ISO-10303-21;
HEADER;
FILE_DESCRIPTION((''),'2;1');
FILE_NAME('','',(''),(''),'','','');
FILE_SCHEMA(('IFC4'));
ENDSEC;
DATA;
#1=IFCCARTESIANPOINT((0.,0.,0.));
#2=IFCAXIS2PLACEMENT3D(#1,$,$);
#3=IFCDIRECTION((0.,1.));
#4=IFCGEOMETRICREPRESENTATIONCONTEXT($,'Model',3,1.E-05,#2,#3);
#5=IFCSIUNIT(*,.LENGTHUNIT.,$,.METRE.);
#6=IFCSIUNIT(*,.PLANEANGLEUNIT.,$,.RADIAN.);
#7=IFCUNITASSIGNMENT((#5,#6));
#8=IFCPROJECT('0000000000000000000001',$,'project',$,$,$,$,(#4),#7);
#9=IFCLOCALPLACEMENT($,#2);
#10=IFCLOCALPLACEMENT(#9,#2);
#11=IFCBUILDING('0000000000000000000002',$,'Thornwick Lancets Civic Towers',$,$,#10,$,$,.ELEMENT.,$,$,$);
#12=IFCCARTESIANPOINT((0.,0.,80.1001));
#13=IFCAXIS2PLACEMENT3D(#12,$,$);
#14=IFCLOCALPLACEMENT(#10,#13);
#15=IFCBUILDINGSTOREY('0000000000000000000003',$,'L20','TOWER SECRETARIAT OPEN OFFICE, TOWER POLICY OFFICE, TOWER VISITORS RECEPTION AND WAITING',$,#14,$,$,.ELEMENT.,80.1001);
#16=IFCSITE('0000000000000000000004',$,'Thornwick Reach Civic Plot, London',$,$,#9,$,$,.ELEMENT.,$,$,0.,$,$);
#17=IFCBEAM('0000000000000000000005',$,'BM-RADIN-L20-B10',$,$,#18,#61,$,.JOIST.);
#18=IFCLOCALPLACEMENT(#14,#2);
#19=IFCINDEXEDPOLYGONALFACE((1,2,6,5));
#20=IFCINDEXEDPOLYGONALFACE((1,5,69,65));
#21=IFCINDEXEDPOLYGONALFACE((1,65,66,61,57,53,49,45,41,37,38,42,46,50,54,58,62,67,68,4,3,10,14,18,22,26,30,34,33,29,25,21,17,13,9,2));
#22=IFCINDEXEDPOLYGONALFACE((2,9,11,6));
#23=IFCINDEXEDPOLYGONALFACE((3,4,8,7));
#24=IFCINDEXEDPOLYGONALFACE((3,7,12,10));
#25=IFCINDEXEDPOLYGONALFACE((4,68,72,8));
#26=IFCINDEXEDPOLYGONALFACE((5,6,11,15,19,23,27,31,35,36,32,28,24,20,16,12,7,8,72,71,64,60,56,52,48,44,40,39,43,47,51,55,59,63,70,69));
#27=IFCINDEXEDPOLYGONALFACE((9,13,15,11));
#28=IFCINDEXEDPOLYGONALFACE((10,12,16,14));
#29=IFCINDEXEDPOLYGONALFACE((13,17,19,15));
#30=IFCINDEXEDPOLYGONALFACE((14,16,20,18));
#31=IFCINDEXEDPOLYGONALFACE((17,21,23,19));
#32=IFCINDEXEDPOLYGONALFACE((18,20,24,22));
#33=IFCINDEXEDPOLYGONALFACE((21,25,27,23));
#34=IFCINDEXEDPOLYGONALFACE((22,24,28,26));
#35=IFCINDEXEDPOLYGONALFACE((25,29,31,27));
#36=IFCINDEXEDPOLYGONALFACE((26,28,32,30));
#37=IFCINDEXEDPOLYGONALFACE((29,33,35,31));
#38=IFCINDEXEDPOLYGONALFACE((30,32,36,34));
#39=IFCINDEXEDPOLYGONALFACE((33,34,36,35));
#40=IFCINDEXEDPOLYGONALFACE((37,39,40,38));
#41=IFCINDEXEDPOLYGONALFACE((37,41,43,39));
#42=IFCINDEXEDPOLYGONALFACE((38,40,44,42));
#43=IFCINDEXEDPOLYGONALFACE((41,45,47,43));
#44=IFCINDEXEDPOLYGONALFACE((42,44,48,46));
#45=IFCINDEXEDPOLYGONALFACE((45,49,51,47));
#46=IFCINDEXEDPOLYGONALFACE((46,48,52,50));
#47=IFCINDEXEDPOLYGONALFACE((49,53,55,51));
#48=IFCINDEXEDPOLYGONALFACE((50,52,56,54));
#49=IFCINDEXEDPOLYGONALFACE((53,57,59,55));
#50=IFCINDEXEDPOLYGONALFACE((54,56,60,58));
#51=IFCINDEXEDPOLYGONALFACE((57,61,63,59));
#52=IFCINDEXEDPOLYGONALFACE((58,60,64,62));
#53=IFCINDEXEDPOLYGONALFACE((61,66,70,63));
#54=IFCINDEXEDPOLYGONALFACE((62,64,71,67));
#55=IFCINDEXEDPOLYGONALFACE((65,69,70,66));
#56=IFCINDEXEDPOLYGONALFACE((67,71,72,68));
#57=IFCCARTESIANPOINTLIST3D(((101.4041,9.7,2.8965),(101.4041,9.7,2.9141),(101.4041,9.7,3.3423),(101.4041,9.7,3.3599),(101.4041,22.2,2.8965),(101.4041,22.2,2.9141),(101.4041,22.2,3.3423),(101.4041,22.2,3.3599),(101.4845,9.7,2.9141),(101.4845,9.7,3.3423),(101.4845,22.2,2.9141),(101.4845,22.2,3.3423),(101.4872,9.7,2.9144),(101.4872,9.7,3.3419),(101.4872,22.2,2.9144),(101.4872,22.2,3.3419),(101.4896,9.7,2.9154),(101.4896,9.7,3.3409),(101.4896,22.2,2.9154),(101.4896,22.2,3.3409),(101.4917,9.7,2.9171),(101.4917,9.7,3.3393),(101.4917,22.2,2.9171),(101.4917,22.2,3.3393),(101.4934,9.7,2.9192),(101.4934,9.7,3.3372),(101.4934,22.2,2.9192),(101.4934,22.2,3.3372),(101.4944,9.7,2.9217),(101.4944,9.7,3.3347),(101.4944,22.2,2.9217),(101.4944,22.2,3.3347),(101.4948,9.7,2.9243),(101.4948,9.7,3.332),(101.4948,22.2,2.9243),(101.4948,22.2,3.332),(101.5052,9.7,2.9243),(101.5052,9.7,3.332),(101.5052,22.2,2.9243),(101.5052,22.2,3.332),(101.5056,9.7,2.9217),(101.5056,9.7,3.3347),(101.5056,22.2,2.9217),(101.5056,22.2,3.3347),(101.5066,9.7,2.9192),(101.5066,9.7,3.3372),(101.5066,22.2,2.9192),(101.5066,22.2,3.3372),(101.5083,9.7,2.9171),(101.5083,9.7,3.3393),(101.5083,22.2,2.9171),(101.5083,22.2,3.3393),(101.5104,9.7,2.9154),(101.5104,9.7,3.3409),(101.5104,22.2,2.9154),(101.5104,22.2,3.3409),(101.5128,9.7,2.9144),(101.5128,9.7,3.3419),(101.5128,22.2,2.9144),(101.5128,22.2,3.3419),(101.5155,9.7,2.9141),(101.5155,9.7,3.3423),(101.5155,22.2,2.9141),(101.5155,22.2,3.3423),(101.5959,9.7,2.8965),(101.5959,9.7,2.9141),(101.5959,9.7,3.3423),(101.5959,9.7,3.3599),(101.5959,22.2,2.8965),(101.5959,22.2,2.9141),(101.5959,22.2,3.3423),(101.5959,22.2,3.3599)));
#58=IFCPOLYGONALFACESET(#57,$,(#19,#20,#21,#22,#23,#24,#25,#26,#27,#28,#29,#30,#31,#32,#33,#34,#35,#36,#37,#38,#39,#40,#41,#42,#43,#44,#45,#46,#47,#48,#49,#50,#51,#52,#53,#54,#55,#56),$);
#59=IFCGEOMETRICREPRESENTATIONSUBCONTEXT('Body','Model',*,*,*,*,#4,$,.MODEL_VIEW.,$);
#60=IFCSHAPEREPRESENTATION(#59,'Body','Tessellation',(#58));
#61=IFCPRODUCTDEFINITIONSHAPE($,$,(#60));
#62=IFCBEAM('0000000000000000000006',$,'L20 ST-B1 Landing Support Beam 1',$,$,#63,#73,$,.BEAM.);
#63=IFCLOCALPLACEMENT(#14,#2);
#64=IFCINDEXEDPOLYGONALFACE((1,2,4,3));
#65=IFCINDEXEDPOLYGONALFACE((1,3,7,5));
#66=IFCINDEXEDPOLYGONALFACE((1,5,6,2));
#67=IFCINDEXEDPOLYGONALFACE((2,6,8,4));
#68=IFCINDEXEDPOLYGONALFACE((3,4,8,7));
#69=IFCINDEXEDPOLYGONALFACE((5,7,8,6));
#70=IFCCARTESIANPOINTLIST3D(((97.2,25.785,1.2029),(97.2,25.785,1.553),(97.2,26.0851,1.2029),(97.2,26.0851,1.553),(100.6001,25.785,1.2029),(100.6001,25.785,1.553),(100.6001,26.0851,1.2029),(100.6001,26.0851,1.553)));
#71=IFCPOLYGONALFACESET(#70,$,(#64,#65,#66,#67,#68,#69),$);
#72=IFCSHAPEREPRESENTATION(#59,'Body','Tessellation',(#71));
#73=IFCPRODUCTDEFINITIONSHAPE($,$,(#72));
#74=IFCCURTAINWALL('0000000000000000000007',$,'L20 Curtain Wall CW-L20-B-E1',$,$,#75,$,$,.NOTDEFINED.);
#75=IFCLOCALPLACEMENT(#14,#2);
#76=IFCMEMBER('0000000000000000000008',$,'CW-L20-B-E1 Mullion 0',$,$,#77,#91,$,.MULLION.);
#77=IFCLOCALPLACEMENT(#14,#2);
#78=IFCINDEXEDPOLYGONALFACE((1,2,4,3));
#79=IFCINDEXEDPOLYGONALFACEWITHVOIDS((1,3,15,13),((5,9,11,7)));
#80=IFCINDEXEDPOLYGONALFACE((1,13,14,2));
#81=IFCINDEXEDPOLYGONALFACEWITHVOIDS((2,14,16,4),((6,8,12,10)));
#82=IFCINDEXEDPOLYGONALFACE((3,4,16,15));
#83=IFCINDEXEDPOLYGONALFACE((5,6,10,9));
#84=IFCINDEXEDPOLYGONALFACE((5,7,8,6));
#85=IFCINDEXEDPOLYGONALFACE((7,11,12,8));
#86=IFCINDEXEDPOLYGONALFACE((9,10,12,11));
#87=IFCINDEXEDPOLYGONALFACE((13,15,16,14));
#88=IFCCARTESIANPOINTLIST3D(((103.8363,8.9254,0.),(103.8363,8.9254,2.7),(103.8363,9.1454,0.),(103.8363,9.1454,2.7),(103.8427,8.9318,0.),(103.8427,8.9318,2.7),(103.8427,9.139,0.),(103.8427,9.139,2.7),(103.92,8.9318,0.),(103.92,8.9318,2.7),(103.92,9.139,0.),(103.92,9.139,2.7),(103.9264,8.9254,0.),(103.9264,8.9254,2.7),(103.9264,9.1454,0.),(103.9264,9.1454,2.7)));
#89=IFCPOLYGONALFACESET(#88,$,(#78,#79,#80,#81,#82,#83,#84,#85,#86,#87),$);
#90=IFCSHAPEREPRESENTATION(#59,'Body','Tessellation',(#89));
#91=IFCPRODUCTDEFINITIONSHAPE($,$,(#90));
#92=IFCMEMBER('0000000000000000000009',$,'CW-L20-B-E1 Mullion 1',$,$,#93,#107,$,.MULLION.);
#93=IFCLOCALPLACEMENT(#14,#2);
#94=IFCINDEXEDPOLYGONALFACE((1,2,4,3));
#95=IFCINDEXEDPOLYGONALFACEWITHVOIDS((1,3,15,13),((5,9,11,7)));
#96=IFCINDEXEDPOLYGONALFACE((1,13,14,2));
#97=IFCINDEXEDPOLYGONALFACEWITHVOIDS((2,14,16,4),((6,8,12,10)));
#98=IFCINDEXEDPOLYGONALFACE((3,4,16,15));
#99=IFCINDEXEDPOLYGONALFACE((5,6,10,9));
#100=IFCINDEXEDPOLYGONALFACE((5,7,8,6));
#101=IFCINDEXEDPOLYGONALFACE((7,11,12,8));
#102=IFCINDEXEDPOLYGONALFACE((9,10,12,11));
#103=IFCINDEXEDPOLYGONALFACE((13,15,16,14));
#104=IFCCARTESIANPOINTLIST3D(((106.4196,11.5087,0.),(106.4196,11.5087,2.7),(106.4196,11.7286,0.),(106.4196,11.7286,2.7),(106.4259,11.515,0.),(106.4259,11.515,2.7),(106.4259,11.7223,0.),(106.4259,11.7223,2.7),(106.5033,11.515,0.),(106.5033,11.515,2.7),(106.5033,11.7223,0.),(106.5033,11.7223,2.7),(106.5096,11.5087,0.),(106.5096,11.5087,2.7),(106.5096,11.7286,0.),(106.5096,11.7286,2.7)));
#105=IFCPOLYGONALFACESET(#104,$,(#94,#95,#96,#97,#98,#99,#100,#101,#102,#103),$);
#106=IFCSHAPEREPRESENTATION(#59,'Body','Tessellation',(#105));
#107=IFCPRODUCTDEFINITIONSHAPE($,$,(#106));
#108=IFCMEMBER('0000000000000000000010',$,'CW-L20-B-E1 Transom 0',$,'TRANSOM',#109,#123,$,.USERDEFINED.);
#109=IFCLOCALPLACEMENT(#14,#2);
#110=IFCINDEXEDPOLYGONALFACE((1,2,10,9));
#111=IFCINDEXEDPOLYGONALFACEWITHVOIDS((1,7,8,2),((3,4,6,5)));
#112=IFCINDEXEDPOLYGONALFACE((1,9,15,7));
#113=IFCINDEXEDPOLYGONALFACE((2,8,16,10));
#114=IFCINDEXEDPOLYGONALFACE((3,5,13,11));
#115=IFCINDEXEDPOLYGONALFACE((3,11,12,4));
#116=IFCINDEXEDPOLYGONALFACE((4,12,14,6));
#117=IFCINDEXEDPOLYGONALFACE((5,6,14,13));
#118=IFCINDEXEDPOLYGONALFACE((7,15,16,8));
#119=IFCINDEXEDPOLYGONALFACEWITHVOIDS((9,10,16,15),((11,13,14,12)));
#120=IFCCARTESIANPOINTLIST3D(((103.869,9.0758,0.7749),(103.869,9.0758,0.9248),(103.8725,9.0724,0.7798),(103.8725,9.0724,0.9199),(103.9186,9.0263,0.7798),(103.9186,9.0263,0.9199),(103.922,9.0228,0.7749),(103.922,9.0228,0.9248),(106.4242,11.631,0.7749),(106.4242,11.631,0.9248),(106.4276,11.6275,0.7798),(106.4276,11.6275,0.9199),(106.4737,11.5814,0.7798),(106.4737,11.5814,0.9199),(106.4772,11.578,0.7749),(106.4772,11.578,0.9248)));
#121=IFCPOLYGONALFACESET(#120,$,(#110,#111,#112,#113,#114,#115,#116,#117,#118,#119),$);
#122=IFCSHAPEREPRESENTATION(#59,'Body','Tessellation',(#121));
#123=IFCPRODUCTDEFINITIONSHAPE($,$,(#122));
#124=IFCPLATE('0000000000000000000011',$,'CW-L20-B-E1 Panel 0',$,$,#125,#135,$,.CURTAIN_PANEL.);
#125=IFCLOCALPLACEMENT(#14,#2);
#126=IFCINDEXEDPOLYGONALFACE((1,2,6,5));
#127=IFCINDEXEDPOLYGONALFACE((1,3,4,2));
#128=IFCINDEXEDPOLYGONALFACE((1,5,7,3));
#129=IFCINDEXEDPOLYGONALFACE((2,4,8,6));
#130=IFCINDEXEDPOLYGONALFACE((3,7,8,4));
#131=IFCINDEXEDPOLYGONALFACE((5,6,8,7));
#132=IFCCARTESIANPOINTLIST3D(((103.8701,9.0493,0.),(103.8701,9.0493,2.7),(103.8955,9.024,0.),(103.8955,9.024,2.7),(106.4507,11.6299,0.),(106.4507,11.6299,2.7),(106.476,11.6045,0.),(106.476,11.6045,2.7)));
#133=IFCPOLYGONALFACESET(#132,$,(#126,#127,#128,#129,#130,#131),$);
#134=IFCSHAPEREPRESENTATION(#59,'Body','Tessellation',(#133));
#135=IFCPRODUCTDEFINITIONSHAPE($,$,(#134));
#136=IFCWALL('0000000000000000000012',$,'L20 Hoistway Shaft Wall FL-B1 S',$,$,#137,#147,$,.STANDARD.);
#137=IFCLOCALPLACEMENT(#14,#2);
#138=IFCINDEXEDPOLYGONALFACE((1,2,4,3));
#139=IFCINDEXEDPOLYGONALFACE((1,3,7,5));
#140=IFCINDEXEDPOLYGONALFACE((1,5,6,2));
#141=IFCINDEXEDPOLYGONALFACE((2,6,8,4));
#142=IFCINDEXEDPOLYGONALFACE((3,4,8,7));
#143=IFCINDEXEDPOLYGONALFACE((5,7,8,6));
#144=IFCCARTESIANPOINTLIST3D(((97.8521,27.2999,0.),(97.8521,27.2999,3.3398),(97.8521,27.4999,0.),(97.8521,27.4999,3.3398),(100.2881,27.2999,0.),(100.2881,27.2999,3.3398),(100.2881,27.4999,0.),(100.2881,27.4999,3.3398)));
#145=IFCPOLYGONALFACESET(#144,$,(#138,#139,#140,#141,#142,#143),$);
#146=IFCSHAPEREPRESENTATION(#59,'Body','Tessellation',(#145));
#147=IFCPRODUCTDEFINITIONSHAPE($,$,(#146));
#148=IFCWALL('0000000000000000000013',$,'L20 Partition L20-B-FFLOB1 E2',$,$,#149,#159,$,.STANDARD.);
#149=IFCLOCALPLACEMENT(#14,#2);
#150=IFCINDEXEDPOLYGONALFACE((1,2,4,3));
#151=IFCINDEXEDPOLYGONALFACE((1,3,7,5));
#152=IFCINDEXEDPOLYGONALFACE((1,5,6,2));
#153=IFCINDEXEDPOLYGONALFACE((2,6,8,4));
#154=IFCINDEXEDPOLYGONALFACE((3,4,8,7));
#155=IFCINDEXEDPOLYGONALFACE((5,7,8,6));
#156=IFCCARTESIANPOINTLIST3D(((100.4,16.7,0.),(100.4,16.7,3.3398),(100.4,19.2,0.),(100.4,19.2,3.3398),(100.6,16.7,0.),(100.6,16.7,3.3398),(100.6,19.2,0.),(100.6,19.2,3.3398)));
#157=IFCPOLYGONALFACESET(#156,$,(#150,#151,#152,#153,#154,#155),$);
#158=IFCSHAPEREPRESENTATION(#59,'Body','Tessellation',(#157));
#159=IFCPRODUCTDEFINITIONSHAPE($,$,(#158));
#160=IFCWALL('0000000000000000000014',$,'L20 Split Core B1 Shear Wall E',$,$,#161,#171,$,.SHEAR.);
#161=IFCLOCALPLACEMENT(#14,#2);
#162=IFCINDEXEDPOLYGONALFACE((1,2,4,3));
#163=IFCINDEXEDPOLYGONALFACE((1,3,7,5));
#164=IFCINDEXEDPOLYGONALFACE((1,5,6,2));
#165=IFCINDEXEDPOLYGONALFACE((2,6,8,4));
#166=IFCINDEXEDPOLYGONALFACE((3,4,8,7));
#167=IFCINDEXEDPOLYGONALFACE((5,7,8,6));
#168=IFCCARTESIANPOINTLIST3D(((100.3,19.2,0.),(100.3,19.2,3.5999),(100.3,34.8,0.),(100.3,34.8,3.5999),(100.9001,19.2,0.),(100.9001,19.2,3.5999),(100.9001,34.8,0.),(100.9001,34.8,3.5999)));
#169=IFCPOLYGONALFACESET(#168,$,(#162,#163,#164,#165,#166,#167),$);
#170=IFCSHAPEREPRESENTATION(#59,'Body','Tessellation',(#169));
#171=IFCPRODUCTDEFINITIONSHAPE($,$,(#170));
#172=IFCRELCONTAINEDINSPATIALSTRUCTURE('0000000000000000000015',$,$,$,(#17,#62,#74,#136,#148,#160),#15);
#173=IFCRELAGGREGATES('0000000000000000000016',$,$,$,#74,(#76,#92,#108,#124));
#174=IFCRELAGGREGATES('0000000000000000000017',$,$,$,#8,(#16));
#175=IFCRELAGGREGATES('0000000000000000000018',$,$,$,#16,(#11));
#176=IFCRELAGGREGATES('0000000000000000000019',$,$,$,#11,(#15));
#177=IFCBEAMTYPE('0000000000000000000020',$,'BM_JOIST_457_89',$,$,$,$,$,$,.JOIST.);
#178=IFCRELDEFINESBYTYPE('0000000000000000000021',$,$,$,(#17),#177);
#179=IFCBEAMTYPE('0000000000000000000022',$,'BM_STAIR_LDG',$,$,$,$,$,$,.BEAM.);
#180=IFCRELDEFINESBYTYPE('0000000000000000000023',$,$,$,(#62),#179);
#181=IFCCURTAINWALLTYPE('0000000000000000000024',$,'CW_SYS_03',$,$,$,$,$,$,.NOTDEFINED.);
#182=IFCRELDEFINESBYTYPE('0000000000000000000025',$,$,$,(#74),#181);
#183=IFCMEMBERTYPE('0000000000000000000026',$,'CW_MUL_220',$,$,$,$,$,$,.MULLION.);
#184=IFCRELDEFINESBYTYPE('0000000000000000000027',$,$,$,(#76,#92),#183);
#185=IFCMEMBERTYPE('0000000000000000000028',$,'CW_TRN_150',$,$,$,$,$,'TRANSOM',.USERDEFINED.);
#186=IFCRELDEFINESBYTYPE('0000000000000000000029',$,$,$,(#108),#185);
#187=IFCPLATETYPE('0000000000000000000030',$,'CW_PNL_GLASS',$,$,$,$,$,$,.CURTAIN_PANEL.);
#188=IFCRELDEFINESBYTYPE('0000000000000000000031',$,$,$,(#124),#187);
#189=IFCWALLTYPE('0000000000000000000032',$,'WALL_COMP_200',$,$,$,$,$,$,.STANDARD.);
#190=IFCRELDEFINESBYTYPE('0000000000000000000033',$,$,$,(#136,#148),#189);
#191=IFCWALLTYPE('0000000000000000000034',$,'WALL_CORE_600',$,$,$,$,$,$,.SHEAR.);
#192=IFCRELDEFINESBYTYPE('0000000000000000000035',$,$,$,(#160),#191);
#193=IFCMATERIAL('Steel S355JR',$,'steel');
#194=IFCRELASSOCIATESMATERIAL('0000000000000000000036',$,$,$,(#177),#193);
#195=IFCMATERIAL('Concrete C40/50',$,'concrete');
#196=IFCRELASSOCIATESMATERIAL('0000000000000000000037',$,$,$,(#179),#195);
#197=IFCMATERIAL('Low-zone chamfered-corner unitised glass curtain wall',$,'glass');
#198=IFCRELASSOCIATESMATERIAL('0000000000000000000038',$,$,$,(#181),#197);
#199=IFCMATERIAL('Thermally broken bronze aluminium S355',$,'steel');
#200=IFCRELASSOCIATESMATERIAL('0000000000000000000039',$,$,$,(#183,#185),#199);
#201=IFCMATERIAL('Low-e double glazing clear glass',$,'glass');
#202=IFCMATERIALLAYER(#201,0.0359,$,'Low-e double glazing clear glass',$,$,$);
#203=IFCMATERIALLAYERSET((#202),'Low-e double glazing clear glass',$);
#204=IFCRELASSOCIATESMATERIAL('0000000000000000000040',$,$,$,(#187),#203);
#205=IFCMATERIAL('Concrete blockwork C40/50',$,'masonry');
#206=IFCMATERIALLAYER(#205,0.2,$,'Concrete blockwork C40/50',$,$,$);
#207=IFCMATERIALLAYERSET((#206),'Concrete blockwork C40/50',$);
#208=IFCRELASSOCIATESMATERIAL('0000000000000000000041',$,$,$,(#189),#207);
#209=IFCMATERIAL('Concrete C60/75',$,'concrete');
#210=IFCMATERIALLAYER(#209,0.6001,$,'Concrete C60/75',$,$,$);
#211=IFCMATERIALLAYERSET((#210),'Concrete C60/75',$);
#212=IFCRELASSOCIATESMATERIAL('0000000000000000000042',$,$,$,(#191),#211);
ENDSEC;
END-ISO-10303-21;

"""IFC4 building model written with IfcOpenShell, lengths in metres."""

from ifc_helpers import new_model, si_unit, direction, frame, frame_2d, origin, origin_2d, place, context, subcontext, project, spatial, rectangle, hollow_rectangle, i_section, extrude, material, layer, layer_set, material_profile, profile_set, type_object, element, aggregate, save


model = new_model("IFC4")

# Units and contexts
model_context = context("Model", 3, precision=1e-05, world=origin(), true_north=direction((0.0, 1.0)))
body_context = subcontext(model_context, "Body", "Model", "MODEL_VIEW")
ifc_project = project(units=[si_unit("LENGTHUNIT", "METRE"), si_unit("PLANEANGLEUNIT", "RADIAN")], contexts=[model_context])

# Site, building, storey
site_placement = place(None, origin())
site = spatial("IfcSite", under=ifc_project, at=site_placement, Name="Thornwick Reach Civic Plot, London", CompositionType="ELEMENT", RefElevation=0.0)
building_placement = place(site_placement, origin())
building = spatial("IfcBuilding", under=site, at=building_placement, Name="Thornwick Lancets Civic Towers", CompositionType="ELEMENT")
storey_placement = place(building_placement, frame((0.0, 0.0, 80.1001)))
storey = spatial("IfcBuildingStorey", under=building, at=storey_placement, Name="L20", Description="TOWER SECRETARIAT OPEN OFFICE, TOWER POLICY OFFICE, TOWER VISITORS RECEPTION AND WAITING", CompositionType="ELEMENT", Elevation=80.1001)

# Shared definitions
ifc_material_1 = material(Name="Concrete C60/75", Category="concrete")

# Beams
ifc_material_2 = material(Name="Steel S355JR", Category="steel")
ifc_material_profile_1 = material_profile(ifc_material_2, i_section(OverallWidth=0.1919, OverallDepth=0.4634, WebThickness=0.0105, FlangeThickness=0.0176, FilletRadius=0.0103, at=origin_2d()), Name="UKB 457x191x89")
ifc_profile_set_1 = profile_set([ifc_material_profile_1], Name="Steel S355JR")
beam_type_1 = type_object("IfcBeamType", Name="BM_JOIST_457_89", PredefinedType="JOIST", material=ifc_profile_set_1)
beam_1_placement = place(storey_placement, frame((101.5, 22.2, 3.1282), z_axis=(0.0, -1.0, 0.0), x_axis=(1.0, 0.0, 0.0)))
element("IfcBeam", 1, at=beam_1_placement, inside=storey, type_object=beam_type_1, Name="BM-RADIN-L20-B10", PredefinedType="JOIST", context=body_context, shape_type="SweptSolid", body=[
    extrude(i_section(OverallWidth=0.1919, OverallDepth=0.4634, WebThickness=0.0105, FlangeThickness=0.0176, FilletRadius=0.0103, at=origin_2d()), origin(), (0.0, 0.0, 1.0), 12.5),
])
ifc_material_3 = material(Name="Concrete C40/50", Category="concrete")
ifc_material_profile_2 = material_profile(ifc_material_3, rectangle(XDim=0.3, YDim=0.3501, at=origin_2d()), Name="RC 300x350")
ifc_profile_set_2 = profile_set([ifc_material_profile_2], Name="Concrete C40/50")
beam_type_2 = type_object("IfcBeamType", Name="BM_STAIR_LDG", PredefinedType="BEAM", material=ifc_profile_set_2)
beam_2_placement = place(storey_placement, frame((100.6001, 25.9351, 1.3779), z_axis=(-1.0, 0.0, 0.0), x_axis=(0.0, -1.0, 0.0)))
element("IfcBeam", 2, at=beam_2_placement, inside=storey, type_object=beam_type_2, Name="L20 ST-B1 Landing Support Beam 1", PredefinedType="BEAM", context=body_context, shape_type="SweptSolid", body=[
    extrude(rectangle(XDim=0.3, YDim=0.3501, at=origin_2d()), origin(), (0.0, 0.0, 1.0), 3.4001),
])

# Curtain wall, members, plate
ifc_material_4 = material(Name="Low-zone chamfered-corner unitised glass curtain wall", Category="glass")
curtain_wall_type = type_object("IfcCurtainWallType", Name="CW_SYS_03", PredefinedType="NOTDEFINED", material=ifc_material_4)
curtain_wall_placement = place(storey_placement, origin())
curtain_wall = element("IfcCurtainWall", 3, at=curtain_wall_placement, inside=storey, type_object=curtain_wall_type, Name="L20 Curtain Wall CW-L20-B-E1", PredefinedType="NOTDEFINED")
ifc_material_5 = material(Name="Thermally broken bronze aluminium S355", Category="steel")
ifc_material_profile_3 = material_profile(ifc_material_5, hollow_rectangle(XDim=0.0901, YDim=0.22, WallThickness=0.0063, at=origin_2d()), Name="RHS 220x90x6.3")
ifc_profile_set_3 = profile_set([ifc_material_profile_3], Name="Thermally broken bronze aluminium S355")
member_type_1 = type_object("IfcMemberType", Name="CW_MUL_220", PredefinedType="MULLION", material=ifc_profile_set_3)
member_1_placement = place(storey_placement, frame((103.8813, 9.0354, 0.0), z_axis=(0.0, 0.0, 1.0), x_axis=(1.0, 0.0, 0.0)))
member_1 = element("IfcMember", 4, at=member_1_placement, type_object=member_type_1, Name="CW-L20-B-E1 Mullion 0", PredefinedType="MULLION", context=body_context, shape_type="SweptSolid", body=[
    extrude(hollow_rectangle(XDim=0.0901, YDim=0.22, WallThickness=0.0063, at=origin_2d()), origin(), (0.0, 0.0, 1.0), 2.7),
])
member_2_placement = place(storey_placement, frame((106.4646, 11.6187, 0.0), z_axis=(0.0, 0.0, 1.0), x_axis=(1.0, 0.0, 0.0)))
member_2 = element("IfcMember", 5, at=member_2_placement, type_object=member_type_1, Name="CW-L20-B-E1 Mullion 1", PredefinedType="MULLION", context=body_context, shape_type="SweptSolid", body=[
    extrude(hollow_rectangle(XDim=0.0901, YDim=0.22, WallThickness=0.0063, at=origin_2d()), origin(), (0.0, 0.0, 1.0), 2.7),
])
ifc_material_profile_4 = material_profile(ifc_material_5, hollow_rectangle(XDim=0.075, YDim=0.1499, WallThickness=0.0049, at=origin_2d()), Name="RHS 150x75x5")
ifc_profile_set_4 = profile_set([ifc_material_profile_4], Name="Thermally broken bronze aluminium S355")
member_type_2 = type_object("IfcMemberType", Name="CW_TRN_150", ElementType="TRANSOM", PredefinedType="USERDEFINED", material=ifc_profile_set_4)
member_3_placement = place(storey_placement, frame((103.8955, 9.0493, 0.8499), z_axis=(0.707107, 0.707107, 0.0), x_axis=(-0.707107, 0.707107, 0.0)))
member_3 = element("IfcMember", 6, at=member_3_placement, type_object=member_type_2, Name="CW-L20-B-E1 Transom 0", ObjectType="TRANSOM", PredefinedType="USERDEFINED", context=body_context, shape_type="SweptSolid", body=[
    extrude(hollow_rectangle(XDim=0.075, YDim=0.1499, WallThickness=0.0049, at=origin_2d()), origin(), (0.0, 0.0, 1.0), 3.6135),
])
ifc_material_6 = material(Name="Low-e double glazing clear glass", Category="glass")
ifc_layer_1 = layer(ifc_material_6, 0.0359, Name="Low-e double glazing clear glass")
ifc_layer_set_1 = layer_set([ifc_layer_1], Name="Low-e double glazing clear glass")
plate_type = type_object("IfcPlateType", Name="CW_PNL_GLASS", PredefinedType="CURTAIN_PANEL", material=ifc_layer_set_1)
plate_placement = place(storey_placement, frame((105.1731, 10.3269, 0.0), z_axis=(0.0, 0.0, 1.0), x_axis=(0.707107, 0.707107, 0.0)))
plate = element("IfcPlate", 7, at=plate_placement, type_object=plate_type, Name="CW-L20-B-E1 Panel 0", PredefinedType="CURTAIN_PANEL", context=body_context, shape_type="SweptSolid", body=[
    extrude(rectangle(XDim=3.6494, YDim=0.0359, at=origin_2d()), origin(), (0.0, 0.0, 1.0), 2.7),
])
aggregate(curtain_wall, [member_1, member_2, member_3, plate])

# Walls
ifc_material_7 = material(Name="Concrete blockwork C40/50", Category="masonry")
ifc_layer_2 = layer(ifc_material_7, 0.2, Name="Concrete blockwork C40/50")
ifc_layer_set_2 = layer_set([ifc_layer_2], Name="Concrete blockwork C40/50")
wall_type_1 = type_object("IfcWallType", Name="WALL_COMP_200", PredefinedType="STANDARD", material=ifc_layer_set_2)
wall_1_placement = place(storey_placement, frame((97.8521, 27.3999, 0.0), z_axis=(0.0, 0.0, 1.0), x_axis=(1.0, 0.0, 0.0)))
element("IfcWall", 8, at=wall_1_placement, inside=storey, type_object=wall_type_1, Name="L20 Hoistway Shaft Wall FL-B1 S", PredefinedType="STANDARD", context=body_context, shape_type="SweptSolid", body=[
    extrude(rectangle(XDim=2.436, YDim=0.2, at=frame_2d((1.218, 0.0))), origin(), (0.0, 0.0, 1.0), 3.3398),
])
wall_2_placement = place(storey_placement, frame((100.5, 16.7, 0.0), z_axis=(0.0, 0.0, 1.0), x_axis=(0.0, 1.0, 0.0)))
element("IfcWall", 9, at=wall_2_placement, inside=storey, type_object=wall_type_1, Name="L20 Partition L20-B-FFLOB1 E2", PredefinedType="STANDARD", context=body_context, shape_type="SweptSolid", body=[
    extrude(rectangle(XDim=2.5, YDim=0.2, at=frame_2d((1.25, 0.0))), origin(), (0.0, 0.0, 1.0), 3.3398),
])
ifc_layer_3 = layer(ifc_material_1, 0.6001, Name="Concrete C60/75")
ifc_layer_set_3 = layer_set([ifc_layer_3], Name="Concrete C60/75")
wall_type_2 = type_object("IfcWallType", Name="WALL_CORE_600", PredefinedType="SHEAR", material=ifc_layer_set_3)
wall_3_placement = place(storey_placement, frame((100.6001, 19.2, 0.0), z_axis=(0.0, 0.0, 1.0), x_axis=(0.0, 1.0, 0.0)))
element("IfcWall", 10, at=wall_3_placement, inside=storey, type_object=wall_type_2, Name="L20 Split Core B1 Shear Wall E", PredefinedType="SHEAR", context=body_context, shape_type="SweptSolid", body=[
    extrude(rectangle(XDim=15.6001, YDim=0.6001, at=frame_2d((7.8, 0.0))), origin(), (0.0, 0.0, 1.0), 3.5999),
])

save(model, "model.ifc")
